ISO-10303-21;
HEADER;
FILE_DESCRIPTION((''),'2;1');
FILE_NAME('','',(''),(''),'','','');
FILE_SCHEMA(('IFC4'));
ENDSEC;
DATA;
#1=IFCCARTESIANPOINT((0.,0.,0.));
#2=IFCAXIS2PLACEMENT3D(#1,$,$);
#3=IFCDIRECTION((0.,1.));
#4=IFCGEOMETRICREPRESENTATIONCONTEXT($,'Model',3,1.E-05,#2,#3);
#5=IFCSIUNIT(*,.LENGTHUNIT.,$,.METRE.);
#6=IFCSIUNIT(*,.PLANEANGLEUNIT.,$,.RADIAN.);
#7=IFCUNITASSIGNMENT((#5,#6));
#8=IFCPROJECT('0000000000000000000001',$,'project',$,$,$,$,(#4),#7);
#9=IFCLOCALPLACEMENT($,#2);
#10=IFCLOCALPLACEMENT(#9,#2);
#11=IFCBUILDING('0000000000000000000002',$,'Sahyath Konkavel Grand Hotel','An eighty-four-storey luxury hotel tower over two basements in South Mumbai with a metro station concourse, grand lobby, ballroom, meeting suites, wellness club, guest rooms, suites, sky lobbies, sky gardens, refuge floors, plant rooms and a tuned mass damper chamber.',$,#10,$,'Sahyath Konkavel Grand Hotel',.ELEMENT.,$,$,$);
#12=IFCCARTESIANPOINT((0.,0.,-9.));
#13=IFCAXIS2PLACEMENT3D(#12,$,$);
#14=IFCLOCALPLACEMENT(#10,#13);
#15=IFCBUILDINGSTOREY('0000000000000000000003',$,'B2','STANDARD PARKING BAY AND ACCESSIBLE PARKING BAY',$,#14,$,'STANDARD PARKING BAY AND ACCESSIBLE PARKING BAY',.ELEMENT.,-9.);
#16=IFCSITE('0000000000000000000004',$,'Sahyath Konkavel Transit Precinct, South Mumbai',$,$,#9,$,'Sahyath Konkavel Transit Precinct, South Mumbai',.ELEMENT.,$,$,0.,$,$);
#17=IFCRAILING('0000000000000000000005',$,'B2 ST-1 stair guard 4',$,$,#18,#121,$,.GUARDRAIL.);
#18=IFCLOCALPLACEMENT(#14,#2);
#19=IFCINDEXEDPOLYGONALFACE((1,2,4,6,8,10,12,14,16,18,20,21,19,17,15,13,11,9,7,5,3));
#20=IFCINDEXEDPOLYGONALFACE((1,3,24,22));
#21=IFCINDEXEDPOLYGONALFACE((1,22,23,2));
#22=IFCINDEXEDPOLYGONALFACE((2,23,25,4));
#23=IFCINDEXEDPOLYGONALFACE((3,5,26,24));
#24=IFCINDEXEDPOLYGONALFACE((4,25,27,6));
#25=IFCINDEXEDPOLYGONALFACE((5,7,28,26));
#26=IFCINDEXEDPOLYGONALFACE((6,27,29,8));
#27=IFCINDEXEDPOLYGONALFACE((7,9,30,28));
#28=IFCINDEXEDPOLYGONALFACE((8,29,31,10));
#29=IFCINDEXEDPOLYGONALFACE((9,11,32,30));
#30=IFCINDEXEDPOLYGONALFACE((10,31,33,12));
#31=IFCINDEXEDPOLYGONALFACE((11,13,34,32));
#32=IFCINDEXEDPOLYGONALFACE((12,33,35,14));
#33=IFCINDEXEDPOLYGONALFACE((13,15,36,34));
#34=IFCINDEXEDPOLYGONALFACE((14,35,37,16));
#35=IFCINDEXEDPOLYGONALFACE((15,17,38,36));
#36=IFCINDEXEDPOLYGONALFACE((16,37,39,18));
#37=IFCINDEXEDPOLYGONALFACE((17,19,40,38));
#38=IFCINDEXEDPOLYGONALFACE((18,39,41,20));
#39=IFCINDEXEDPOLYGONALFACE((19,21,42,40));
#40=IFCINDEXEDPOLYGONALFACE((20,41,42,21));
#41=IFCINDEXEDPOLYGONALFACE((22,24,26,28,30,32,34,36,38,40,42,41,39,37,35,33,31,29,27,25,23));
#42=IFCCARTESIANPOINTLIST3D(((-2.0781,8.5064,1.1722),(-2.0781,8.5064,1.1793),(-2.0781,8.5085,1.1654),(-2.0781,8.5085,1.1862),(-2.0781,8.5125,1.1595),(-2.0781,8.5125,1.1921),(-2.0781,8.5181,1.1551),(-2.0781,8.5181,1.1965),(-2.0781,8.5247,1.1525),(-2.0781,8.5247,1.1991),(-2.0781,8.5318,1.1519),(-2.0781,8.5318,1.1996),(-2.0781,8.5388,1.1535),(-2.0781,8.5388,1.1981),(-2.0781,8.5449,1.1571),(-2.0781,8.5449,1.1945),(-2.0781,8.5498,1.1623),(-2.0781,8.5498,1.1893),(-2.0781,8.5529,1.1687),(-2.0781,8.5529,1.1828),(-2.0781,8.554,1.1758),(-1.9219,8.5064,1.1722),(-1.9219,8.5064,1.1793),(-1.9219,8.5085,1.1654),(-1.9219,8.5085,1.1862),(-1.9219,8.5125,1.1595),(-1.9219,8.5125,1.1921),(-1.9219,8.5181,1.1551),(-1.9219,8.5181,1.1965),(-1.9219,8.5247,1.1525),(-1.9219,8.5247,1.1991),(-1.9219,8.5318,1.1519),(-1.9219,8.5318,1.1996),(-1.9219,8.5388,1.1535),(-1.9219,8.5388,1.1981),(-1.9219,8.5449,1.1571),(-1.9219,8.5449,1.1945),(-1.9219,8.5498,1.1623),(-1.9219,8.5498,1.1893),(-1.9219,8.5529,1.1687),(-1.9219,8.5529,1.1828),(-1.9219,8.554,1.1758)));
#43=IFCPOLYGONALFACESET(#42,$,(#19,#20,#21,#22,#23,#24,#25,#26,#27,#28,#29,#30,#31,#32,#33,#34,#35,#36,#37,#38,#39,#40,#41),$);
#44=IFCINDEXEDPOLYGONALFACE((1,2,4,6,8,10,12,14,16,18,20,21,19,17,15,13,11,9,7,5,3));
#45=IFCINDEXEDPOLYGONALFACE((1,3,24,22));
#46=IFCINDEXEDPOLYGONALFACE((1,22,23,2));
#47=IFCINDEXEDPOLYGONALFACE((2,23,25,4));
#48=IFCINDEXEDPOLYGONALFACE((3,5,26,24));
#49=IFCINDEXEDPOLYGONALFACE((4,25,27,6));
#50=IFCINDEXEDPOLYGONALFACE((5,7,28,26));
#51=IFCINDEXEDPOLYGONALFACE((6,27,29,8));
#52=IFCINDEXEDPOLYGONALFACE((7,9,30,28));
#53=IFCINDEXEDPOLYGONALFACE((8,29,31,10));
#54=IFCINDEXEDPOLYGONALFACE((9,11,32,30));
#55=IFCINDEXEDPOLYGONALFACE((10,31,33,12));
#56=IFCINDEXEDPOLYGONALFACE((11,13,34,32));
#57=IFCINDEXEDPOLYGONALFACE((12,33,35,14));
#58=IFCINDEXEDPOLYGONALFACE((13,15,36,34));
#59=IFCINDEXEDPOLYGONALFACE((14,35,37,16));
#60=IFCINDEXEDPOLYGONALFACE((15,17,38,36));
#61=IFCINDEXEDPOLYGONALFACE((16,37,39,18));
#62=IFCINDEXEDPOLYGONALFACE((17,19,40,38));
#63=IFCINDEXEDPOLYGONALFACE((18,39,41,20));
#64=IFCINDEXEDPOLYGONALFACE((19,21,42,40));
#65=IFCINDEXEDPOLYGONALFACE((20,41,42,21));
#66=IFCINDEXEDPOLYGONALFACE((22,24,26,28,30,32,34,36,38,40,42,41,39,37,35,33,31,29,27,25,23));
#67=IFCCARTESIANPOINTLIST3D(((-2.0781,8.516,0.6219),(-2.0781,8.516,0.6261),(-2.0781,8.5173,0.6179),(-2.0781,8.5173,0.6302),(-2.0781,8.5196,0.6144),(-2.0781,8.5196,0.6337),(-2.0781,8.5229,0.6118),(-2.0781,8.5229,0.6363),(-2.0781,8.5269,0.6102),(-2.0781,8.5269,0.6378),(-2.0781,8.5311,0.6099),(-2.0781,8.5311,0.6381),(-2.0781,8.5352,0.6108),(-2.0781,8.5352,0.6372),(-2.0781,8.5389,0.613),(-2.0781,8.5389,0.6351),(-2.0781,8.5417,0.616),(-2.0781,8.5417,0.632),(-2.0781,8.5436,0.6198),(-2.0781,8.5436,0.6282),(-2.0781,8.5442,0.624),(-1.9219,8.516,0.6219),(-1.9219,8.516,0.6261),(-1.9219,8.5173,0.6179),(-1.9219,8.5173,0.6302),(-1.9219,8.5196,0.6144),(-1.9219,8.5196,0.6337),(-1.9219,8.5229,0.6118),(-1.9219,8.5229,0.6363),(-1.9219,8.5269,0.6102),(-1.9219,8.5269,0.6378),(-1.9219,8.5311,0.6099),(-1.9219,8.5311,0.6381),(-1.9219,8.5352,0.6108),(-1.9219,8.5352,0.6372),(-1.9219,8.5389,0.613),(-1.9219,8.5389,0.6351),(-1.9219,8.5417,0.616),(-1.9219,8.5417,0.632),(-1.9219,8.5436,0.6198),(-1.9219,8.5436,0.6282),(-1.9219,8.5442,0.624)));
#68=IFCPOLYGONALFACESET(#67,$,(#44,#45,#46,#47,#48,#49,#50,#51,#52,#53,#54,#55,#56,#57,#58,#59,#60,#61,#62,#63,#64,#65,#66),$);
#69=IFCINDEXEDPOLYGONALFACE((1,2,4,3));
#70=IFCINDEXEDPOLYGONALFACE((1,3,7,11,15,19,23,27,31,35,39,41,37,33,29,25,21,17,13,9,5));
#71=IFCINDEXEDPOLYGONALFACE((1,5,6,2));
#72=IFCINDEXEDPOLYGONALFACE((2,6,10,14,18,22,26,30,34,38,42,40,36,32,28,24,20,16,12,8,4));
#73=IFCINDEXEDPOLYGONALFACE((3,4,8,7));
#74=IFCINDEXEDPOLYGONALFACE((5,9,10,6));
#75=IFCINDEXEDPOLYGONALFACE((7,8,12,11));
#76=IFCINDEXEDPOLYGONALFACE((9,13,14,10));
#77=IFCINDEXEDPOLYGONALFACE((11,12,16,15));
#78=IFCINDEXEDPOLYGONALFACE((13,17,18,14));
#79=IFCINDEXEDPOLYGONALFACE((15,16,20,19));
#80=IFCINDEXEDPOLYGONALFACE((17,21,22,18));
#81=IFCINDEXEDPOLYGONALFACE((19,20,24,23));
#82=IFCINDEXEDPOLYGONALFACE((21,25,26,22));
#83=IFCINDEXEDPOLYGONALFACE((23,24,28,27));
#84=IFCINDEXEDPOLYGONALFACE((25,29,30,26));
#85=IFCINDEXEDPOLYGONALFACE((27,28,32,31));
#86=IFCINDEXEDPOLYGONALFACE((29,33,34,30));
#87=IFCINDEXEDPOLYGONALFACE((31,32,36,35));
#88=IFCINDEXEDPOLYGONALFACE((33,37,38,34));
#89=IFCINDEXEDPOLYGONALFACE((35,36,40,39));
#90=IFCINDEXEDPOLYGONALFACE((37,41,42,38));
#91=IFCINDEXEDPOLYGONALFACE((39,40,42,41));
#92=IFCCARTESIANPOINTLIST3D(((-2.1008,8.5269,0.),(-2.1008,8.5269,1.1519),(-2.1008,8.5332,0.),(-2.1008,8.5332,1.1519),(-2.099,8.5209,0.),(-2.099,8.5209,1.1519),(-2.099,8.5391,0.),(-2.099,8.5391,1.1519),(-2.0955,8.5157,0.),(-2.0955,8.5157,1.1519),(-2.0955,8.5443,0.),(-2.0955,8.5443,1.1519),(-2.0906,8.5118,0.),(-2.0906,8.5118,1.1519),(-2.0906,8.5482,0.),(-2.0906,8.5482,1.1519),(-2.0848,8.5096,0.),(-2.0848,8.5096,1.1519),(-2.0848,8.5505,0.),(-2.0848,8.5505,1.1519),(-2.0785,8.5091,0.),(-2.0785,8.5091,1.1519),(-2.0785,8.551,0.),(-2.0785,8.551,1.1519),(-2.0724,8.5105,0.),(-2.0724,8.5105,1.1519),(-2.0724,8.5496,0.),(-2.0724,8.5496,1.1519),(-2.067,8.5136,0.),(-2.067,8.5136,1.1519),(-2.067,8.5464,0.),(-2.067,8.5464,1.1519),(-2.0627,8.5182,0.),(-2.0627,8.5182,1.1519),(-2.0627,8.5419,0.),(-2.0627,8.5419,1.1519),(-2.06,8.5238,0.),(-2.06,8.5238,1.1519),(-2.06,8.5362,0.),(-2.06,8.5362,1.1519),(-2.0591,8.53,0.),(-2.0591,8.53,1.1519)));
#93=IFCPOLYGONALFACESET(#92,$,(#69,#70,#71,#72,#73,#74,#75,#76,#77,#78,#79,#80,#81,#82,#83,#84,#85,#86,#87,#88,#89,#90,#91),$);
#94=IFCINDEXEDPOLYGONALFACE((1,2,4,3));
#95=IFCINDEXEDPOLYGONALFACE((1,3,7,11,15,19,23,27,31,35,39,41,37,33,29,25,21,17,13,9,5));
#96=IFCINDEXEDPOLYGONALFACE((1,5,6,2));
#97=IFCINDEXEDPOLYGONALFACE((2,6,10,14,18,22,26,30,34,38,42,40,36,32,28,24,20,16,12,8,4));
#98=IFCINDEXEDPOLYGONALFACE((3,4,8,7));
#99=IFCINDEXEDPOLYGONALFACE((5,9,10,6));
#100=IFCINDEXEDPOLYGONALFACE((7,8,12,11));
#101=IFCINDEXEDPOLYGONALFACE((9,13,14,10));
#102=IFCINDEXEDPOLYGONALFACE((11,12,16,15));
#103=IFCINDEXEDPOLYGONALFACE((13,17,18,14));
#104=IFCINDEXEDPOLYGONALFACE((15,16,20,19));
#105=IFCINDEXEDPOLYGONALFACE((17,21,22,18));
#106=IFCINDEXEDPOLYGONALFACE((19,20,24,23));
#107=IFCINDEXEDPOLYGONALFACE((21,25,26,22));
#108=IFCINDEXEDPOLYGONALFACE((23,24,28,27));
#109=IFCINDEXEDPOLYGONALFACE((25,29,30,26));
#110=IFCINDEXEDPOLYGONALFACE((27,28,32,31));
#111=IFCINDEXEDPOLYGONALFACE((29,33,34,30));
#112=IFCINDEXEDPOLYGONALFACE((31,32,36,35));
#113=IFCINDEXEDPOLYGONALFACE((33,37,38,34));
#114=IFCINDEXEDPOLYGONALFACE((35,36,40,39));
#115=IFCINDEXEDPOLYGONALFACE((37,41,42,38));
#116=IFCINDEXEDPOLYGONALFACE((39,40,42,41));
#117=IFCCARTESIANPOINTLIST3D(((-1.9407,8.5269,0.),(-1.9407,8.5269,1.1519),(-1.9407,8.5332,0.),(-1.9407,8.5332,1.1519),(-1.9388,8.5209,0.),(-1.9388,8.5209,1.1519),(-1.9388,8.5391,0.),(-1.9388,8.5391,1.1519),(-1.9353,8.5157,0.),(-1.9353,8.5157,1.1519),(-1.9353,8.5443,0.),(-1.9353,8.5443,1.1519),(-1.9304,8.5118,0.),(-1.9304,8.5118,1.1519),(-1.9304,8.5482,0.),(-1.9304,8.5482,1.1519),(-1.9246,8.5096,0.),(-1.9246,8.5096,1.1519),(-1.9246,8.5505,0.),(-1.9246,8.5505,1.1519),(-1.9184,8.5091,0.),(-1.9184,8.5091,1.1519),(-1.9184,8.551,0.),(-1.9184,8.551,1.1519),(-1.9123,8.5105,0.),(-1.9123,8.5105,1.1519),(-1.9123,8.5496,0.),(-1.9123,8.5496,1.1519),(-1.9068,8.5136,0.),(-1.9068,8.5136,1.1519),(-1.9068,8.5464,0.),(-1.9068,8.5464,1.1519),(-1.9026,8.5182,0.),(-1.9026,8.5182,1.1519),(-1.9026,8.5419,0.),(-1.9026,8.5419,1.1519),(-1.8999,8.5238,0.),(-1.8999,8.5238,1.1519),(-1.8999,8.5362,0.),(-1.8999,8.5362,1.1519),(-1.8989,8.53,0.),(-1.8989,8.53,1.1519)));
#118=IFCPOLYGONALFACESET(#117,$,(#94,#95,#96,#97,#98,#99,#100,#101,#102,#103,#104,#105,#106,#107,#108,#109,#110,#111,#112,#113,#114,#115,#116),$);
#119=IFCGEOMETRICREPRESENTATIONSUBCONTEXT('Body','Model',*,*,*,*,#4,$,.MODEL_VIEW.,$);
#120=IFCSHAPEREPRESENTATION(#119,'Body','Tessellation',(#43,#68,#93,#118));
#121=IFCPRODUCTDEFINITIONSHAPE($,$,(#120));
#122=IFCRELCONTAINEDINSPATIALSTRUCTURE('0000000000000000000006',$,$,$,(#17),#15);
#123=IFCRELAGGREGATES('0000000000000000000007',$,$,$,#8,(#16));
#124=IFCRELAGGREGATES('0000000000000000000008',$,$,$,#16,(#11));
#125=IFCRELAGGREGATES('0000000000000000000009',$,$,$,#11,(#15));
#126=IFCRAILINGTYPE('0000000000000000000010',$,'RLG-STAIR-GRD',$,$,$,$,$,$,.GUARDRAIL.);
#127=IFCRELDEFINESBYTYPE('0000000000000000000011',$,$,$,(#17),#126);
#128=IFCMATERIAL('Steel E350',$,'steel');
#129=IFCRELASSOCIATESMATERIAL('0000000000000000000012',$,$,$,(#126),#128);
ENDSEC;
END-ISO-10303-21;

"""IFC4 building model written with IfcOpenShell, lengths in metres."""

from ifc_helpers import new_model, si_unit, direction, frame, origin, origin_2d, place, context, subcontext, project, spatial, circle, extrude, material, type_object, element, save


model = new_model("IFC4")

# Units and contexts
model_context = context("Model", 3, precision=1e-05, world=origin(), true_north=direction((0.0, 1.0)))
body_context = subcontext(model_context, "Body", "Model", "MODEL_VIEW")
ifc_project = project(units=[si_unit("LENGTHUNIT", "METRE"), si_unit("PLANEANGLEUNIT", "RADIAN")], contexts=[model_context])

# Site, building, storey
site_placement = place(None, origin())
site = spatial("IfcSite", under=ifc_project, at=site_placement, Name="Sahyath Konkavel Transit Precinct, South Mumbai", LongName="Sahyath Konkavel Transit Precinct, South Mumbai", CompositionType="ELEMENT", RefElevation=0.0)
building_placement = place(site_placement, origin())
building = spatial("IfcBuilding", under=site, at=building_placement, Name="Sahyath Konkavel Grand Hotel", Description="An eighty-four-storey luxury hotel tower over two basements in South Mumbai with a metro station concourse, grand lobby, ballroom, meeting suites, wellness club, guest rooms, suites, sky lobbies, sky gardens, refuge floors, plant rooms and a tuned mass damper chamber.", LongName="Sahyath Konkavel Grand Hotel", CompositionType="ELEMENT")
storey_placement = place(building_placement, frame((0.0, 0.0, -9.0)))
storey = spatial("IfcBuildingStorey", under=building, at=storey_placement, Name="B2", Description="STANDARD PARKING BAY AND ACCESSIBLE PARKING BAY", LongName="STANDARD PARKING BAY AND ACCESSIBLE PARKING BAY", CompositionType="ELEMENT", Elevation=-9.0)

# Shared definitions
ifc_material_1 = material(Name="Steel E350", Category="steel")

# Railing
railing_type_1 = type_object("IfcRailingType", Name="RLG-STAIR-GRD", PredefinedType="GUARDRAIL", material=ifc_material_1)
railing_1_placement = place(storey_placement, frame((-2.0801, 8.53, 0.0)))
element("IfcRailing", 1, at=railing_1_placement, inside=storey, type_object=railing_type_1, Name="B2 ST-1 stair guard 4", PredefinedType="GUARDRAIL", context=body_context, shape_type="SweptSolid", body=[
    extrude(circle(Radius=0.0239, at=origin_2d()), frame((0.002, 0.0, 1.1758), z_axis=(1.0, 0.0, 0.0), x_axis=(0.0, 1.0, 0.0)), (0.0, 0.0, 1.0), 0.1562),
    extrude(circle(Radius=0.0142, at=origin_2d()), frame((0.002, 0.0, 0.624), z_axis=(1.0, 0.0, 0.0), x_axis=(0.0, 1.0, 0.0)), (0.0, 0.0, 1.0), 0.1562),
    extrude(circle(Radius=0.021, at=origin_2d()), origin(), (0.0, 0.0, 1.0), 1.1519),
    extrude(circle(Radius=0.021, at=origin_2d()), frame((0.1602, 0.0, 0.0)), (0.0, 0.0, 1.0), 1.1519),
])

save(model, "model.ifc")
